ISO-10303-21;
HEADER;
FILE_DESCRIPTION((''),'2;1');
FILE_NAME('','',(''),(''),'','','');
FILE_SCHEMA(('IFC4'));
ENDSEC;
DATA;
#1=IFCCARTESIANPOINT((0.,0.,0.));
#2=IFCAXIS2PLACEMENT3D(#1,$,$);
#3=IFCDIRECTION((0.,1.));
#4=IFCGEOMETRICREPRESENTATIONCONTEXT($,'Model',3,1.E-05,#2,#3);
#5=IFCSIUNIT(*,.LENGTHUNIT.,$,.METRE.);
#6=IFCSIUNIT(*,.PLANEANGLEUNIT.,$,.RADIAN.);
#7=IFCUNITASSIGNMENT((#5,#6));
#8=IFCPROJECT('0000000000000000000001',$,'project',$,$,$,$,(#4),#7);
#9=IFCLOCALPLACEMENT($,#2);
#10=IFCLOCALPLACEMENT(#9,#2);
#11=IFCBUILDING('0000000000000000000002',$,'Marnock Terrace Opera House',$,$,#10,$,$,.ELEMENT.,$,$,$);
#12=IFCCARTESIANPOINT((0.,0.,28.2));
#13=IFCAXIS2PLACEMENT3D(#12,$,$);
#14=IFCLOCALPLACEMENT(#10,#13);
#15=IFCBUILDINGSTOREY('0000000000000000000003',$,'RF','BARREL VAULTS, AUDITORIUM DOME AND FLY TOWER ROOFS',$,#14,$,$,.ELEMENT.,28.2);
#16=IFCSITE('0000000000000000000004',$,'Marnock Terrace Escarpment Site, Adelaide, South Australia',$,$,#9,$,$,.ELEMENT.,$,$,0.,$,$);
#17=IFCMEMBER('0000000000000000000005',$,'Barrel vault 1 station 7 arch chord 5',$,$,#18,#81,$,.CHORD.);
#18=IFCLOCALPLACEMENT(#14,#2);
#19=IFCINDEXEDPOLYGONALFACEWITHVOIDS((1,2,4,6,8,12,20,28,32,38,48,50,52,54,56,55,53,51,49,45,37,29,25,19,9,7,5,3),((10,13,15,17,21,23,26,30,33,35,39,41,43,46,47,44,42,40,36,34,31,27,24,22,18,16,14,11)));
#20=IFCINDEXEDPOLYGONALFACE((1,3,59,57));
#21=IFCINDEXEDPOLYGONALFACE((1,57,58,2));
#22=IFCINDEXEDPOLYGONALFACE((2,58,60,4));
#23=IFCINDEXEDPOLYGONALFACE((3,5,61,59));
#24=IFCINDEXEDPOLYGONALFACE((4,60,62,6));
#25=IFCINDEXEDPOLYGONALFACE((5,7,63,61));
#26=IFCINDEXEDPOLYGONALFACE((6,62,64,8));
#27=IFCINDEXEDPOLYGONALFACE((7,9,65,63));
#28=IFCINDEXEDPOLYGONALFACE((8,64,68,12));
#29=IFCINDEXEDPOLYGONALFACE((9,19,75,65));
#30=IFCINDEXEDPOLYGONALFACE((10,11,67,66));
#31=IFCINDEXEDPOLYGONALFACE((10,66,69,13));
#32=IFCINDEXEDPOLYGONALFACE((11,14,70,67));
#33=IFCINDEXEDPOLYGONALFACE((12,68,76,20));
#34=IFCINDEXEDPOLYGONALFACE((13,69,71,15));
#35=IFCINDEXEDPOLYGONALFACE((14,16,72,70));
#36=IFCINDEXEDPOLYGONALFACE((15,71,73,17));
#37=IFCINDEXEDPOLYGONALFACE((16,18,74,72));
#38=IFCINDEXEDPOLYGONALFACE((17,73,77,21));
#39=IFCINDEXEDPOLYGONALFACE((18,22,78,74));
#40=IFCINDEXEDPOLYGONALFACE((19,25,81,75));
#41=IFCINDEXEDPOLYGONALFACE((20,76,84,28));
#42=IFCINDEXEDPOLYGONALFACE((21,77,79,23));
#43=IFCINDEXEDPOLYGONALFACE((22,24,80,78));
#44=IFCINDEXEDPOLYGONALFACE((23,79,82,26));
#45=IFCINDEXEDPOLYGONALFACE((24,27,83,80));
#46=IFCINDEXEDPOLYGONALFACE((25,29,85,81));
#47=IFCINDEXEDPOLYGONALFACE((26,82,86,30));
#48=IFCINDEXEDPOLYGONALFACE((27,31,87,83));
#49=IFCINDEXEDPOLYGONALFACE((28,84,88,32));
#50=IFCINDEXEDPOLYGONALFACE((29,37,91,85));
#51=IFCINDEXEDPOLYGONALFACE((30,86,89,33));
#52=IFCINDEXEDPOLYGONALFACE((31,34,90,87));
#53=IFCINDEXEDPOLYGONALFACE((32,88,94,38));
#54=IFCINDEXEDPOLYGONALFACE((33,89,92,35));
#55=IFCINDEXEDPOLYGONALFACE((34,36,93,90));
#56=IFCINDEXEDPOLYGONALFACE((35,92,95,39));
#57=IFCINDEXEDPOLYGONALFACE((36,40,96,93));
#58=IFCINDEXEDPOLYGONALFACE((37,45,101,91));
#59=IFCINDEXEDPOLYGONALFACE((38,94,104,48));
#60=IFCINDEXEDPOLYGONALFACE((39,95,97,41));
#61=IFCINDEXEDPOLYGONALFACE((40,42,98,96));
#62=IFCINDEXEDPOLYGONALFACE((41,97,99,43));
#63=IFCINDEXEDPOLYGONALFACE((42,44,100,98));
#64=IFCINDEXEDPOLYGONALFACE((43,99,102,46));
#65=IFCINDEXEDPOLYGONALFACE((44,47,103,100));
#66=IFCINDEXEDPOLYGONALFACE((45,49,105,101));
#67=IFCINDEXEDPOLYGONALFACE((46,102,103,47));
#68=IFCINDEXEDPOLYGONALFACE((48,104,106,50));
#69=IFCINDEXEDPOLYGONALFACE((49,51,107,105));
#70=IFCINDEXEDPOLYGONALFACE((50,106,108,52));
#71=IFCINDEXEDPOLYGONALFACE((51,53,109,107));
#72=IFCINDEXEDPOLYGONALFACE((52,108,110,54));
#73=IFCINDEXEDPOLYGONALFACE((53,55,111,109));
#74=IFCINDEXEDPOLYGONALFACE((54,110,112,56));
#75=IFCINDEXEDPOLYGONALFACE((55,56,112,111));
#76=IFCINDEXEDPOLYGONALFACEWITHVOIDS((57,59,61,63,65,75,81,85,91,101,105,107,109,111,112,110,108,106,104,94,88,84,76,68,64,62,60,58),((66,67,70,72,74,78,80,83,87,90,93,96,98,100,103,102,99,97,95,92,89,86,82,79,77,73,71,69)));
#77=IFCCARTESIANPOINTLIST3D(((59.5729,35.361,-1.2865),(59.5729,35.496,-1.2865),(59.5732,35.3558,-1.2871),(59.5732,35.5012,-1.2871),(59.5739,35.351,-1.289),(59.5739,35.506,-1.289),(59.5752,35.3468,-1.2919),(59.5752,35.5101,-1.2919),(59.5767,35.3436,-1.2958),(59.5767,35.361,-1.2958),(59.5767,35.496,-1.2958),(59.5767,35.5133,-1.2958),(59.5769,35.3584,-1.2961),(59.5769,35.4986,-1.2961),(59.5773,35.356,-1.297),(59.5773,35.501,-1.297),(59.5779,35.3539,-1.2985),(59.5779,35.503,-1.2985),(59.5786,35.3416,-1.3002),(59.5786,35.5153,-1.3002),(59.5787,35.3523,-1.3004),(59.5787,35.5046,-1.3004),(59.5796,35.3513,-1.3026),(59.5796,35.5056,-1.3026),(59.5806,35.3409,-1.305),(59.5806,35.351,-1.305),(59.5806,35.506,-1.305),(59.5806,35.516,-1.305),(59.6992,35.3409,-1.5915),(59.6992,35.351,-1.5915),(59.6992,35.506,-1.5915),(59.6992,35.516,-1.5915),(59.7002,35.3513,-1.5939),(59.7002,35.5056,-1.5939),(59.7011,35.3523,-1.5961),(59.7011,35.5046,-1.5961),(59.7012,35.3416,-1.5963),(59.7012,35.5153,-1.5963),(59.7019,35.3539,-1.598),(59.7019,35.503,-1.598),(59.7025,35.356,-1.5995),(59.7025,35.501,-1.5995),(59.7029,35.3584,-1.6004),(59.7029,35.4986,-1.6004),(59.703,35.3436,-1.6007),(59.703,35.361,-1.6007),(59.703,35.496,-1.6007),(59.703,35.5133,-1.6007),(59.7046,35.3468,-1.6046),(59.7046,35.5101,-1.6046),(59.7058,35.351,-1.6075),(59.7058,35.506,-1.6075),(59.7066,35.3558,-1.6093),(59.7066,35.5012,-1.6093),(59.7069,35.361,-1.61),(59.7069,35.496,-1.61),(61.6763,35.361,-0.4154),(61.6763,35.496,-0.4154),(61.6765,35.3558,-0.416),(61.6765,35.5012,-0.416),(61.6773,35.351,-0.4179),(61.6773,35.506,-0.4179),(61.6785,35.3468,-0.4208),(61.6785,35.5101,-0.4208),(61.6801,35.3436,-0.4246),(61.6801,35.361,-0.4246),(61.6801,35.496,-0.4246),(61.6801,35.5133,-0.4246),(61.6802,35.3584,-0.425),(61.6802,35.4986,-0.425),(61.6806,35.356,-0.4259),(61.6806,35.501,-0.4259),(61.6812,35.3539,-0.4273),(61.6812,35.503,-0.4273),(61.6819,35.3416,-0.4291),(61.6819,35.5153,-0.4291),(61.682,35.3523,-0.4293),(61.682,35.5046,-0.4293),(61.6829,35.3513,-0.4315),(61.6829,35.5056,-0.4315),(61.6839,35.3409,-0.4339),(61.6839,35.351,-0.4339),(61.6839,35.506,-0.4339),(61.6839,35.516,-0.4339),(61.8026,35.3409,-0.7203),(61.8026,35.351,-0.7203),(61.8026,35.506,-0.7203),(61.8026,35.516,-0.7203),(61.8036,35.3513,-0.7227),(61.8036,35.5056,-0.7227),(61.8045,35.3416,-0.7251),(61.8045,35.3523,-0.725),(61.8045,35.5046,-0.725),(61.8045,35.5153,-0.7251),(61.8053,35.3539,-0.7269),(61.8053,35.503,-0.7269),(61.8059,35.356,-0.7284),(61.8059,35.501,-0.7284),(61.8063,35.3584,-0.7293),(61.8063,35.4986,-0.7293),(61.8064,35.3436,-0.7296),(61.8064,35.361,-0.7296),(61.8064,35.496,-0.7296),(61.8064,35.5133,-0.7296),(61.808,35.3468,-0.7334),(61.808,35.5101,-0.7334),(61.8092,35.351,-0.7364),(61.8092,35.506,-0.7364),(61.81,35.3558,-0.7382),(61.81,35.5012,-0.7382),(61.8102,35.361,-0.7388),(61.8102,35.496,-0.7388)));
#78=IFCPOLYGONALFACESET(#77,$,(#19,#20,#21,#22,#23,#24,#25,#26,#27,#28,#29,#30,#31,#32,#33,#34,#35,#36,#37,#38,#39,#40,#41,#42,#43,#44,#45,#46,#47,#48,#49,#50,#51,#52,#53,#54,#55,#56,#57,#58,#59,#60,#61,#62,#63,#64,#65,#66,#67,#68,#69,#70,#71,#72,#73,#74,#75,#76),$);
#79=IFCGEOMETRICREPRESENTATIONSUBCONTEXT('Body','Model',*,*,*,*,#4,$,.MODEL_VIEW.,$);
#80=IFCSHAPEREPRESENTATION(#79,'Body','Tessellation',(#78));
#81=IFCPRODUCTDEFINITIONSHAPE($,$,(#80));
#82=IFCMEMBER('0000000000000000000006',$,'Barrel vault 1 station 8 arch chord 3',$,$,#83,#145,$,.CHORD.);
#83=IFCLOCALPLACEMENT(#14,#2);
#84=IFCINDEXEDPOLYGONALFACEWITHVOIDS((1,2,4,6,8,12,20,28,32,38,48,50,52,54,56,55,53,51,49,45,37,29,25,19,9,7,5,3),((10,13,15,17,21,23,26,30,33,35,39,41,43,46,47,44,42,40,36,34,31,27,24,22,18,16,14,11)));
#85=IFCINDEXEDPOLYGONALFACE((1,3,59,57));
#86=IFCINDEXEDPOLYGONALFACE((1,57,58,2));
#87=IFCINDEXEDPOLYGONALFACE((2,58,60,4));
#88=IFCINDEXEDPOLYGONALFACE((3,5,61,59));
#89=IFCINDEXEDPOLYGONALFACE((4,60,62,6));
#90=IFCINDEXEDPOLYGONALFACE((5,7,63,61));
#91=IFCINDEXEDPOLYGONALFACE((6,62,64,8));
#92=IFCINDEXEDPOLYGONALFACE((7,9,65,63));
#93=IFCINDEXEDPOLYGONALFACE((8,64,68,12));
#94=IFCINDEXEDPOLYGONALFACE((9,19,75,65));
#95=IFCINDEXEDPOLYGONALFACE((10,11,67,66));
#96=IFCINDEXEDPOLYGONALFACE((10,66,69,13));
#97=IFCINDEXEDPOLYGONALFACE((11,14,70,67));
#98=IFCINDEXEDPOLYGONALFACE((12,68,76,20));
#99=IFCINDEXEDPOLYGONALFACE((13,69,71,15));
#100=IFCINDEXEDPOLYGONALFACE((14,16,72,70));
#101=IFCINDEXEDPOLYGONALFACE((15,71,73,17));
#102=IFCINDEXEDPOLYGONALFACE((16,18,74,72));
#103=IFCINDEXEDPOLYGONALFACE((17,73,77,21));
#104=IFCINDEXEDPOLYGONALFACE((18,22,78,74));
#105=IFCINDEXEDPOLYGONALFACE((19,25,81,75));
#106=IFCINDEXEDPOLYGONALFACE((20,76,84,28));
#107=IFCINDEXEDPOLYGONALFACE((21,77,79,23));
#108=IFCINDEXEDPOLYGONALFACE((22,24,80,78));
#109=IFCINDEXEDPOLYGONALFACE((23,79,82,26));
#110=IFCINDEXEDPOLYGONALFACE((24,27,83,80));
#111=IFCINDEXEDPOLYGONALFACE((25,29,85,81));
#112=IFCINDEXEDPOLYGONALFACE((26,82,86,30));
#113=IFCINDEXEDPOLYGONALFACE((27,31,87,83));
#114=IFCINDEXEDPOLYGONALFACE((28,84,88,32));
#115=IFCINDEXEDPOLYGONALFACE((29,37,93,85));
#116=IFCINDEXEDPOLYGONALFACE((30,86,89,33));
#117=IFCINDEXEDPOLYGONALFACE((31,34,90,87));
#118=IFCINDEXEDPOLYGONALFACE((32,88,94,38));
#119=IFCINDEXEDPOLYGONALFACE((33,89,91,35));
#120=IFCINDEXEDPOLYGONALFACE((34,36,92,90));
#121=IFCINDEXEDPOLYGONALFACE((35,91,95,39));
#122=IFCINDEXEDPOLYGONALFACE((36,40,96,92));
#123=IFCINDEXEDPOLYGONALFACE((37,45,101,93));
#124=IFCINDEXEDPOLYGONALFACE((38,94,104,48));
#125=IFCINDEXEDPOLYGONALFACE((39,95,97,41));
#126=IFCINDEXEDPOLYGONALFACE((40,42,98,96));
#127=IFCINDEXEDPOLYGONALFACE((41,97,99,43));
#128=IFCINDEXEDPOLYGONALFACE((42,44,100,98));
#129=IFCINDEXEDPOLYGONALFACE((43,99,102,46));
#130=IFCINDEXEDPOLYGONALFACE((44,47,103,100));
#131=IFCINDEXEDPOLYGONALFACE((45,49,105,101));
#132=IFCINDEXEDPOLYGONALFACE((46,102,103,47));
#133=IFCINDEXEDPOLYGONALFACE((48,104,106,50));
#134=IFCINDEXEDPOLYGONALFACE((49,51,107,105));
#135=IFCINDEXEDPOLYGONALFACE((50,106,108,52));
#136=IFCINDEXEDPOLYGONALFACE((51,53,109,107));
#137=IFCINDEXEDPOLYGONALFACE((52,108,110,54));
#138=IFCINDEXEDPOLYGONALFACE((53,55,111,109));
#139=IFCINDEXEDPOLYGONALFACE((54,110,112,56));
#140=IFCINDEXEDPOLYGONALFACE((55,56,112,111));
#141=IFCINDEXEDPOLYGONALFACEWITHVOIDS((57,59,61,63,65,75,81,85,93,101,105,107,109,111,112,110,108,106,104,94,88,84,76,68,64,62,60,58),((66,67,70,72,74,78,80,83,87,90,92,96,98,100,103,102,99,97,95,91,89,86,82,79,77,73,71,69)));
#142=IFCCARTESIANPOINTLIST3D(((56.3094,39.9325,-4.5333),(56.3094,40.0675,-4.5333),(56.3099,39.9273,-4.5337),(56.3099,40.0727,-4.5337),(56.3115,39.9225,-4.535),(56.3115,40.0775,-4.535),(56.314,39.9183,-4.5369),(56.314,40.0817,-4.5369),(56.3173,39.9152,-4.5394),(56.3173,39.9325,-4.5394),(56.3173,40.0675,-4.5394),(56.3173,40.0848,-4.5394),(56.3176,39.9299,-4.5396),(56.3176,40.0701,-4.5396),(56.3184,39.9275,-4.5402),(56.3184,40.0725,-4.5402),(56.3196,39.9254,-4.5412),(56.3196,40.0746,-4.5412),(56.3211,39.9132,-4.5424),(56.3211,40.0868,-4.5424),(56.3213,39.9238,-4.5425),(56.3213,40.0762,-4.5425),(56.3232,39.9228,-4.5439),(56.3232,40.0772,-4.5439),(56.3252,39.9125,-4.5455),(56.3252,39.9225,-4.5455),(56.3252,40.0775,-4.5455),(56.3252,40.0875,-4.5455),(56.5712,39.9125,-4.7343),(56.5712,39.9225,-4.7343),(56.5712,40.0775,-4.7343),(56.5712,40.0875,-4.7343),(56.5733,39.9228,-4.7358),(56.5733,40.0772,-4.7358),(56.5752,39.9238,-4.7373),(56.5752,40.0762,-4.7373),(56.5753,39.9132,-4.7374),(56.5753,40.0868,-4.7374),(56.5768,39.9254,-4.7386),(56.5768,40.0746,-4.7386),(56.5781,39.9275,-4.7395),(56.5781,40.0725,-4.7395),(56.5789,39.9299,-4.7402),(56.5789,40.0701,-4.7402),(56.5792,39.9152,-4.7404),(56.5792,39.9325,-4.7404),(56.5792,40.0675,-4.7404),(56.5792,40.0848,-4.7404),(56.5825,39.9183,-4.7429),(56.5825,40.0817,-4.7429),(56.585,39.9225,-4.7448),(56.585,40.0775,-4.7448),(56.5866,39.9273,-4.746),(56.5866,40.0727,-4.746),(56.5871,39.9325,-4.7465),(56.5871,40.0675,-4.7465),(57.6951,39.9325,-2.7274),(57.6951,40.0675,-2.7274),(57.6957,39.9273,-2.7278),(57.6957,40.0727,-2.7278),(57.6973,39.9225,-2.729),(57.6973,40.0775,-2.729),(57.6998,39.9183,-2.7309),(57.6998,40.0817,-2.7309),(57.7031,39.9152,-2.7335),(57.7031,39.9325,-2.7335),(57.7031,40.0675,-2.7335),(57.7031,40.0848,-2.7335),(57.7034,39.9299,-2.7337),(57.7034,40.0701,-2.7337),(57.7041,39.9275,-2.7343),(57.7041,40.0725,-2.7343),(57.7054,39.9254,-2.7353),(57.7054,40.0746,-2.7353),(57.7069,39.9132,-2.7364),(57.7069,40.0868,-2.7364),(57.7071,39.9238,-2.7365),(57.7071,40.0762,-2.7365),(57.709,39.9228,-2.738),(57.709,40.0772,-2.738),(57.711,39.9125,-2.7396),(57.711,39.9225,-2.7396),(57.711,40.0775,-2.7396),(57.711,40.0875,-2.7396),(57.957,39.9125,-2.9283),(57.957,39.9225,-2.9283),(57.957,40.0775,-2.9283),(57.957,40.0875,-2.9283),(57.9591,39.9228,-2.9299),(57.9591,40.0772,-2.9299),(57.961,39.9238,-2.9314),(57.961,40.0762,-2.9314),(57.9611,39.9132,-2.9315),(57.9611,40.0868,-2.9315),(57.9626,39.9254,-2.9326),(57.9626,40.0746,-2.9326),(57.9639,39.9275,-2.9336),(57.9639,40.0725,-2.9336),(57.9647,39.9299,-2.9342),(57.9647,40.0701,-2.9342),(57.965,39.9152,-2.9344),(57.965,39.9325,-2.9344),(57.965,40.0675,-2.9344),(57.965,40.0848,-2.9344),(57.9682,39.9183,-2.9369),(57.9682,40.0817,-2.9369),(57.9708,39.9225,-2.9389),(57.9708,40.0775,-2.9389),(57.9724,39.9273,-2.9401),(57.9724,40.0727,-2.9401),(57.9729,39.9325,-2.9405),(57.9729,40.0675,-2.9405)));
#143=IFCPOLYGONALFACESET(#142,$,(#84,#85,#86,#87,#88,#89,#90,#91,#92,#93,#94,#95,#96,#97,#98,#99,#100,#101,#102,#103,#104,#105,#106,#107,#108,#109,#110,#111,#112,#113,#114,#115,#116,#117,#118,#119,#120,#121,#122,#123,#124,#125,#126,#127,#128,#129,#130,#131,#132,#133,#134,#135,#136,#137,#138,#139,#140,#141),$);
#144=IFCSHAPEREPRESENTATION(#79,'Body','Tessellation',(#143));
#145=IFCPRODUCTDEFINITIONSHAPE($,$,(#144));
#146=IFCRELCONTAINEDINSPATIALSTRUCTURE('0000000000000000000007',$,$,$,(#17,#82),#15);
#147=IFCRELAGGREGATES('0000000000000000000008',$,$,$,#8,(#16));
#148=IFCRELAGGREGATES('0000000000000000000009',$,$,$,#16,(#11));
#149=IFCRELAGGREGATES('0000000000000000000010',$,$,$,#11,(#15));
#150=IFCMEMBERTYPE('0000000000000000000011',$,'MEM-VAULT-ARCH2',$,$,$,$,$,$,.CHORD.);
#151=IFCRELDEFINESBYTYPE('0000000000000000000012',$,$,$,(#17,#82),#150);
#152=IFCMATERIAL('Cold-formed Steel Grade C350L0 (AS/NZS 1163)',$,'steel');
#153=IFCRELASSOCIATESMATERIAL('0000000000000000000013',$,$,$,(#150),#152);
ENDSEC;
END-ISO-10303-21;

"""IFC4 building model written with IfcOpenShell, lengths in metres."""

from ifc_helpers import new_model, si_unit, direction, frame, origin, origin_2d, place, context, subcontext, project, spatial, hollow_rectangle, extrude, material, material_profile, profile_set, type_object, element, save


model = new_model("IFC4")

# Units and contexts
model_context = context("Model", 3, precision=1e-05, world=origin(), true_north=direction((0.0, 1.0)))
body_context = subcontext(model_context, "Body", "Model", "MODEL_VIEW")
ifc_project = project(units=[si_unit("LENGTHUNIT", "METRE"), si_unit("PLANEANGLEUNIT", "RADIAN")], contexts=[model_context])

# Site, building, storey
site_placement = place(None, origin())
site = spatial("IfcSite", under=ifc_project, at=site_placement, Name="Marnock Terrace Escarpment Site, Adelaide, South Australia", CompositionType="ELEMENT", RefElevation=0.0)
building_placement = place(site_placement, origin())
building = spatial("IfcBuilding", under=site, at=building_placement, Name="Marnock Terrace Opera House", CompositionType="ELEMENT")
storey_placement = place(building_placement, frame((0.0, 0.0, 28.2)))
storey = spatial("IfcBuildingStorey", under=building, at=storey_placement, Name="RF", Description="BARREL VAULTS, AUDITORIUM DOME AND FLY TOWER ROOFS", CompositionType="ELEMENT", Elevation=28.2)

# Members
ifc_material_1 = material(Name="Cold-formed Steel Grade C350L0 (AS/NZS 1163)", Category="steel")
ifc_material_profile_1 = material_profile(ifc_material_1, hollow_rectangle(XDim=0.175, YDim=0.3501, WallThickness=0.01, InnerFilletRadius=0.01, OuterFilletRadius=0.02, at=origin_2d()))
ifc_profile_set_1 = profile_set([ifc_material_profile_1], Name="Cold-formed Steel Grade C350L0 (AS/NZS 1163)")
member_type_1 = type_object("IfcMemberType", Name="MEM-VAULT-ARCH2", PredefinedType="CHORD", material=ifc_profile_set_1)
member_1_placement = place(storey_placement, frame((59.6399, 35.4285, -1.4482), z_axis=(0.923897, 0.0, 0.382642), x_axis=(0.0, 1.0, 0.0)))
element("IfcMember", 1, at=member_1_placement, inside=storey, type_object=member_type_1, Name="Barrel vault 1 station 7 arch chord 5", PredefinedType="CHORD", context=body_context, shape_type="SweptSolid", body=[
    extrude(hollow_rectangle(XDim=0.175, YDim=0.3501, WallThickness=0.01, InnerFilletRadius=0.01, OuterFilletRadius=0.02, at=origin_2d()), origin(), (0.0, 0.0, 1.0), 2.2766),
])
for number, where, z_axis, x_axis, name in (
    (2, (56.4482, 40.0, -4.6399), (0.608767, 0.0, 0.793349), (0.0, 1.0, 0.0), "Barrel vault 1 station 8 arch chord 3"),
):
    element("IfcMember", number, at=place(storey_placement, frame(where, z_axis=z_axis, x_axis=x_axis)), inside=storey, type_object=member_type_1, Name=name, PredefinedType="CHORD", context=body_context, shape_type="SweptSolid", body=[
        extrude(hollow_rectangle(XDim=0.175, YDim=0.3501, WallThickness=0.01, InnerFilletRadius=0.01, OuterFilletRadius=0.02, at=origin_2d()), origin(), (0.0, 0.0, 1.0), 2.2764),
    ])

save(model, "model.ifc")
